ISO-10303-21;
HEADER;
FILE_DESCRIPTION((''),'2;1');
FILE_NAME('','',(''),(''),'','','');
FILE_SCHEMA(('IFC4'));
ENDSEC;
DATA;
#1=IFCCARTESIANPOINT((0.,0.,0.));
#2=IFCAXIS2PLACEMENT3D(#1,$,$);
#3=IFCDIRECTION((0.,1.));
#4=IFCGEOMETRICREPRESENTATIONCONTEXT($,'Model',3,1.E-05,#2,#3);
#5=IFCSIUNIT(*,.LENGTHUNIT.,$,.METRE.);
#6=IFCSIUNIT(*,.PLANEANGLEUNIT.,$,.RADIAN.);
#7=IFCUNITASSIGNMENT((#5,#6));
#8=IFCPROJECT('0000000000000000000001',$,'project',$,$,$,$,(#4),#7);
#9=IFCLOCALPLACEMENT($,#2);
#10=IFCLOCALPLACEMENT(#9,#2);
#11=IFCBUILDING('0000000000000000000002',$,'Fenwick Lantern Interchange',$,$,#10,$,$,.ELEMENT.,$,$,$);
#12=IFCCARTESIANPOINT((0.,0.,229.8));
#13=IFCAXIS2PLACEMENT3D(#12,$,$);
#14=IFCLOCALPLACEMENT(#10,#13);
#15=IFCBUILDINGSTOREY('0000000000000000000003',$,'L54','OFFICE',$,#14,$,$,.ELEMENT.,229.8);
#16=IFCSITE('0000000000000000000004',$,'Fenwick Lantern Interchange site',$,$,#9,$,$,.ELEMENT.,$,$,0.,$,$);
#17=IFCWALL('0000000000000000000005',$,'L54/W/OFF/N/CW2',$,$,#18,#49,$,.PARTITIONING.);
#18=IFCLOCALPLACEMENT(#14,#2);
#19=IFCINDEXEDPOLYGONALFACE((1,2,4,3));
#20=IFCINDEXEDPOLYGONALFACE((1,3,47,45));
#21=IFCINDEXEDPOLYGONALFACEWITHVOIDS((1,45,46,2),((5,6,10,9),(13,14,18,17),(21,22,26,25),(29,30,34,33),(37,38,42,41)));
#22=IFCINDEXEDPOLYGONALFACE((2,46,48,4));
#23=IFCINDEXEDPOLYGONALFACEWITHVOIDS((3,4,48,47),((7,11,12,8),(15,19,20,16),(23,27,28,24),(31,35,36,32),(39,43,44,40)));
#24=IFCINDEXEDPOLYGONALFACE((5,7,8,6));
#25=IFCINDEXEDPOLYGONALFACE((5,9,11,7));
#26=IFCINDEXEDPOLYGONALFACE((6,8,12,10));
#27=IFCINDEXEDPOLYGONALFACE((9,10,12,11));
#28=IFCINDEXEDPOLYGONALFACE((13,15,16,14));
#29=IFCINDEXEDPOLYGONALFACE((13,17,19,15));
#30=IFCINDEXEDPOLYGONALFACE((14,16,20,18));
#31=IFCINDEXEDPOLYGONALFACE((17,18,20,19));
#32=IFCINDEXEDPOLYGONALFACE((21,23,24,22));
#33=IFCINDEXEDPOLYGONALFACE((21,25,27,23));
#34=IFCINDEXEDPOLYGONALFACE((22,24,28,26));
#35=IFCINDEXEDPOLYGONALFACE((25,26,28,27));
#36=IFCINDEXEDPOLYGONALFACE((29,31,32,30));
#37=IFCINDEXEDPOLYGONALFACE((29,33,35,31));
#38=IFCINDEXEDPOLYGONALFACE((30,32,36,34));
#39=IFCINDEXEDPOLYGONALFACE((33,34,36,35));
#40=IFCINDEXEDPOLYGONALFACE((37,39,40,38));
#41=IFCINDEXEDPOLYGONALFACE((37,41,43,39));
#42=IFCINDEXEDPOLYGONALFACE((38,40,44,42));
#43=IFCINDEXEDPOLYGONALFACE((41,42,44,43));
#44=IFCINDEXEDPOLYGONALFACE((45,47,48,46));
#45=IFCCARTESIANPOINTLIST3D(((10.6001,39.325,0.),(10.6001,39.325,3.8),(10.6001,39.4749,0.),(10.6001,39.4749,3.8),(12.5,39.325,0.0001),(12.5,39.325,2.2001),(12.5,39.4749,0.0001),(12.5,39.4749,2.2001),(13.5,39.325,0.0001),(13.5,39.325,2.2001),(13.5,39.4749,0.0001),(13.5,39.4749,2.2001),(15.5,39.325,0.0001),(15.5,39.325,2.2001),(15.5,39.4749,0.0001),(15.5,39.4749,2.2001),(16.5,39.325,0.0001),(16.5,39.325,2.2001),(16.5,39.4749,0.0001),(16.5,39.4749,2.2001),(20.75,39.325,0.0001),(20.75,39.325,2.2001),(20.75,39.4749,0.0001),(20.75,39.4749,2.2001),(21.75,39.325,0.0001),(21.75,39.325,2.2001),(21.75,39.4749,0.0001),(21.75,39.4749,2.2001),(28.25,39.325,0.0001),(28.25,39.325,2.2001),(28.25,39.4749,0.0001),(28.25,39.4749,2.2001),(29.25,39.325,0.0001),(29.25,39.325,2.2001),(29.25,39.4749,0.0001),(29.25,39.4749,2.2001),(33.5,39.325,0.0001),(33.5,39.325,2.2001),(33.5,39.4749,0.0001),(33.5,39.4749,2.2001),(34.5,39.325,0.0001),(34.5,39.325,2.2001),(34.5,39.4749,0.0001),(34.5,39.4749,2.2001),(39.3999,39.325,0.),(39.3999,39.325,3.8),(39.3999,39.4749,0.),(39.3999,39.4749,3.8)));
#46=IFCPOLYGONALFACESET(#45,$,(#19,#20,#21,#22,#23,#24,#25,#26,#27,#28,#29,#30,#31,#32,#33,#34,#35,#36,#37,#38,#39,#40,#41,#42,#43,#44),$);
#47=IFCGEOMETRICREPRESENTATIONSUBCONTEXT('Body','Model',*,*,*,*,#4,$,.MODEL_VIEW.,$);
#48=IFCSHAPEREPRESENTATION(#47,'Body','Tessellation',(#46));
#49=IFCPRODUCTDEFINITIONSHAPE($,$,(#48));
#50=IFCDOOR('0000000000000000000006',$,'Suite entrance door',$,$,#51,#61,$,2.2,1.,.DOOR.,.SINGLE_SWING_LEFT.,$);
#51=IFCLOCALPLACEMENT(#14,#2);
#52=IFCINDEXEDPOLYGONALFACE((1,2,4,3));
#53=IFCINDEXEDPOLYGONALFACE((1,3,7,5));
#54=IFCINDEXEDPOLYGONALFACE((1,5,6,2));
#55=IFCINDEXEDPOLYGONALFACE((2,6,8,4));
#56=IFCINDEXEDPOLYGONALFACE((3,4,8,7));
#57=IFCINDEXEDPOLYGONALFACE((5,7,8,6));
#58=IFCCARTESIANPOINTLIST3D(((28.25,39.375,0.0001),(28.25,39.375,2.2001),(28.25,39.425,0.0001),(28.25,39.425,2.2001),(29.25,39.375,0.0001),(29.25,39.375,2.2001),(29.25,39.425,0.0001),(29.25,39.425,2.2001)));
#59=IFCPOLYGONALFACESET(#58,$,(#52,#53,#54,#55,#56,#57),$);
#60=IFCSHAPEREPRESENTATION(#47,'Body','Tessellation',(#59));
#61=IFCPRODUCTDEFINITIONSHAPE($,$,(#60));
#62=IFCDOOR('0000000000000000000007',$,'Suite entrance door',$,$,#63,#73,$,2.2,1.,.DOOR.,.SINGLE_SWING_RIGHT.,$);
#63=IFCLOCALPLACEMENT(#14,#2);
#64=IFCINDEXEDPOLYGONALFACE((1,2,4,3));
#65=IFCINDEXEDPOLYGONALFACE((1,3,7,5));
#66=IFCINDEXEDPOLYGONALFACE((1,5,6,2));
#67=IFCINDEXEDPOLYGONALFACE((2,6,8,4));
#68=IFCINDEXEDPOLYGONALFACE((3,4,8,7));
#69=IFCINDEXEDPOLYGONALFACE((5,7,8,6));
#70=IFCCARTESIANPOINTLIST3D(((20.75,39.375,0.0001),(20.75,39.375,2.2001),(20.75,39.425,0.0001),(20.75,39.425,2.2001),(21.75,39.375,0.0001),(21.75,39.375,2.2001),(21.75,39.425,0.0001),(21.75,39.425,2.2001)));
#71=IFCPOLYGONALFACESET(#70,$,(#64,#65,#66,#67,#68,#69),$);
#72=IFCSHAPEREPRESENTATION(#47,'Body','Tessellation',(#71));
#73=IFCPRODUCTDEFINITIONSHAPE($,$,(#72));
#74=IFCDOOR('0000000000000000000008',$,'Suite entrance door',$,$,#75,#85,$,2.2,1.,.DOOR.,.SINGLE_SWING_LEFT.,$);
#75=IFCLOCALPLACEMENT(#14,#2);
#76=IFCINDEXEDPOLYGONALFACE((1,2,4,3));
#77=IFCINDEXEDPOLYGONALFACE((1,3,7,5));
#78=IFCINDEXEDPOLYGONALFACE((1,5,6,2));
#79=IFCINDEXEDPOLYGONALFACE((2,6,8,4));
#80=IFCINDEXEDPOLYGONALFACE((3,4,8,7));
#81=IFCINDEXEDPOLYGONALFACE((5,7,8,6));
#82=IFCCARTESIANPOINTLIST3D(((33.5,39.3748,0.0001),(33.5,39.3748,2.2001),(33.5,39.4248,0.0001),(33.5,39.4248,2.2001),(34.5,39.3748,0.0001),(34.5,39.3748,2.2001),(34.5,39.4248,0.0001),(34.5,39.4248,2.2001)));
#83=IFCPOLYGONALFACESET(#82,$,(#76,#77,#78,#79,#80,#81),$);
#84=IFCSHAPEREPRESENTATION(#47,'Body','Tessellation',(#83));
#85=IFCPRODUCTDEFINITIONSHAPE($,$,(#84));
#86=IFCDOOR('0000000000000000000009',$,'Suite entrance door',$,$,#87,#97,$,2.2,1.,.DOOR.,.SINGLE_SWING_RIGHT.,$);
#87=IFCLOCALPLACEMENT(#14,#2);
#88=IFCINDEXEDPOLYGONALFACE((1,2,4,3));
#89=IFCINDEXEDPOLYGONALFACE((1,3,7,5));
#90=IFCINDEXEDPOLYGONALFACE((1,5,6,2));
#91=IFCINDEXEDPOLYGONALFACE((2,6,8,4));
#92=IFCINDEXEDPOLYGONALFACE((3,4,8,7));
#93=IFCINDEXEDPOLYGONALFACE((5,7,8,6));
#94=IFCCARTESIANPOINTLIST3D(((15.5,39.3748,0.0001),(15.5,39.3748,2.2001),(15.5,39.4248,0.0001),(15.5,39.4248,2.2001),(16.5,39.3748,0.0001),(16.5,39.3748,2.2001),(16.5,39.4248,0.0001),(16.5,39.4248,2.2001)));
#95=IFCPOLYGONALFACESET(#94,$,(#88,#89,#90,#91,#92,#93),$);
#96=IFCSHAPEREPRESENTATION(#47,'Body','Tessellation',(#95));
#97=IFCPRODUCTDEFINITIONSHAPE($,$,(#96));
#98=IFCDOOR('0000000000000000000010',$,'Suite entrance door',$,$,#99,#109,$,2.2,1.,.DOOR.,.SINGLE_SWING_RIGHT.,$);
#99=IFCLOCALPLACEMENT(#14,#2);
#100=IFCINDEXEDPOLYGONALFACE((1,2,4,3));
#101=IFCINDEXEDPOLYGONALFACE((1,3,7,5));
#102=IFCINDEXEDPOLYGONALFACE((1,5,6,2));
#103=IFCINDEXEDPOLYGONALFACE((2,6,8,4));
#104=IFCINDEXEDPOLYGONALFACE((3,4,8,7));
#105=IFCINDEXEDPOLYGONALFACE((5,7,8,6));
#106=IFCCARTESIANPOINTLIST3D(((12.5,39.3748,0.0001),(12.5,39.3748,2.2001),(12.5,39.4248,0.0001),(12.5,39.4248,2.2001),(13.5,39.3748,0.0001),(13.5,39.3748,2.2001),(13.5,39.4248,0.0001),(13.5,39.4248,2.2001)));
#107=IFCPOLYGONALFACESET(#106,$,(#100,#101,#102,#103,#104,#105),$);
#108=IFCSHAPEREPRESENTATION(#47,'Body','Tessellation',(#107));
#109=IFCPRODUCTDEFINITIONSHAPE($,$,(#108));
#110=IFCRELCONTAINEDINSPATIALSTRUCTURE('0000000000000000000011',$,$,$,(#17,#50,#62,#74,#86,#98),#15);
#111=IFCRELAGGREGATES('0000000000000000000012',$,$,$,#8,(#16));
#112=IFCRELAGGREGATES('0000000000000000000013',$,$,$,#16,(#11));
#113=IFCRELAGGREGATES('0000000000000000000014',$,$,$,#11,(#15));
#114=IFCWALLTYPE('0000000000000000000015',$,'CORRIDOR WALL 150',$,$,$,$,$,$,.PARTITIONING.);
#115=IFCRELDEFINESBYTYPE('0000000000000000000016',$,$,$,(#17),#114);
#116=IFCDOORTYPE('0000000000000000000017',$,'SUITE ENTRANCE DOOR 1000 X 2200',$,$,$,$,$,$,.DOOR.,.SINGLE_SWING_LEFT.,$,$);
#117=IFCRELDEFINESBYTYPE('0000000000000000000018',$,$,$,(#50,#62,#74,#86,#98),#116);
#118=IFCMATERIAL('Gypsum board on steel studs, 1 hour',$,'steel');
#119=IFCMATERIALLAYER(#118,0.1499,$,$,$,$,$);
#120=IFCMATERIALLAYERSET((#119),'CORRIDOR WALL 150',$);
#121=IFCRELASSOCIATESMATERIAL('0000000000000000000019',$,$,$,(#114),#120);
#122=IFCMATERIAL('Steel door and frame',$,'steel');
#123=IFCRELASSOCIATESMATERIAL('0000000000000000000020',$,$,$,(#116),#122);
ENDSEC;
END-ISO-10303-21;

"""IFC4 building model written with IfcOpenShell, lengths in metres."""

from ifc_helpers import new_model, si_unit, direction, frame, frame_2d, origin, place, context, subcontext, project, spatial, rectangle, extrude, material, layer, layer_set, type_object, element, fill, save


model = new_model("IFC4")

# Units and contexts
model_context = context("Model", 3, precision=1e-05, world=origin(), true_north=direction((0.0, 1.0)))
body_context = subcontext(model_context, "Body", "Model", "MODEL_VIEW")
ifc_project = project(units=[si_unit("LENGTHUNIT", "METRE"), si_unit("PLANEANGLEUNIT", "RADIAN")], contexts=[model_context])

# Site, building, storey
site_placement = place(None, origin())
site = spatial("IfcSite", under=ifc_project, at=site_placement, Name="Fenwick Lantern Interchange site", CompositionType="ELEMENT", RefElevation=0.0)
building_placement = place(site_placement, origin())
building = spatial("IfcBuilding", under=site, at=building_placement, Name="Fenwick Lantern Interchange", CompositionType="ELEMENT")
storey_placement = place(building_placement, frame((0.0, 0.0, 229.8)))
storey = spatial("IfcBuildingStorey", under=building, at=storey_placement, Name="L54", Description="OFFICE", CompositionType="ELEMENT", Elevation=229.8)

# Wall, openings, doors
ifc_material_1 = material(Name="Steel door and frame", Category="steel")
ifc_material_2 = material(Name="Gypsum board on steel studs, 1 hour", Category="steel")
ifc_layer_1 = layer(ifc_material_2, 0.1499)
ifc_layer_set_1 = layer_set([ifc_layer_1], Name="CORRIDOR WALL 150")
wall_type_1 = type_object("IfcWallType", Name="CORRIDOR WALL 150", PredefinedType="PARTITIONING", material=ifc_layer_set_1)
wall_1_placement = place(storey_placement, frame((39.3999, 39.3999, 0.0), z_axis=(0.0, 0.0, 1.0), x_axis=(-1.0, 0.0, 0.0)))
wall_1 = element("IfcWall", 1, at=wall_1_placement, inside=storey, type_object=wall_type_1, Name="L54/W/OFF/N/CW2", PredefinedType="PARTITIONING", context=body_context, shape_type="SweptSolid", body=[
    extrude(rectangle(XDim=28.7998, YDim=0.1499, at=frame_2d((14.3999, 0.0))), origin(), (0.0, 0.0, 1.0), 3.8),
])
opening_1_placement = place(wall_1_placement, frame((10.1499, 0.0, 0.0)))
opening_1 = element("IfcOpeningElement", 2, at=opening_1_placement, cuts=wall_1, PredefinedType="OPENING", context=body_context, shape_type="SweptSolid", body=[
    extrude(rectangle(XDim=1.0, YDim=2.2, at=frame_2d((0.5, 1.1001))), frame((0.0, 0.085, 0.0), z_axis=(0.0, -1.0, 0.0), x_axis=(1.0, 0.0, 0.0)), (0.0, 0.0, 1.0), 0.1699),
])
opening_2_placement = place(wall_1_placement, frame((17.6499, 0.0, 0.0)))
opening_2 = element("IfcOpeningElement", 3, at=opening_2_placement, cuts=wall_1, PredefinedType="OPENING", context=body_context, shape_type="SweptSolid", body=[
    extrude(rectangle(XDim=1.0, YDim=2.2, at=frame_2d((0.5, 1.1001))), frame((0.0, 0.085, 0.0), z_axis=(0.0, -1.0, 0.0), x_axis=(1.0, 0.0, 0.0)), (0.0, 0.0, 1.0), 0.1699),
])
opening_3_placement = place(wall_1_placement, frame((4.8999, 0.0, 0.0)))
opening_3 = element("IfcOpeningElement", 4, at=opening_3_placement, cuts=wall_1, PredefinedType="OPENING", context=body_context, shape_type="SweptSolid", body=[
    extrude(rectangle(XDim=1.0, YDim=2.2, at=frame_2d((0.5, 1.1001))), frame((0.0, 0.085, 0.0), z_axis=(0.0, -1.0, 0.0), x_axis=(1.0, 0.0, 0.0)), (0.0, 0.0, 1.0), 0.1699),
])
opening_4_placement = place(wall_1_placement, frame((22.8999, 0.0, 0.0)))
opening_4 = element("IfcOpeningElement", 5, at=opening_4_placement, cuts=wall_1, PredefinedType="OPENING", context=body_context, shape_type="SweptSolid", body=[
    extrude(rectangle(XDim=1.0, YDim=2.2, at=frame_2d((0.5, 1.1001))), frame((0.0, 0.085, 0.0), z_axis=(0.0, -1.0, 0.0), x_axis=(1.0, 0.0, 0.0)), (0.0, 0.0, 1.0), 0.1699),
])
opening_5_placement = place(wall_1_placement, frame((25.8999, 0.0, 0.0)))
opening_5 = element("IfcOpeningElement", 6, at=opening_5_placement, cuts=wall_1, PredefinedType="OPENING", context=body_context, shape_type="SweptSolid", body=[
    extrude(rectangle(XDim=1.0, YDim=2.2, at=frame_2d((0.5, 1.1001))), frame((0.0, 0.085, 0.0), z_axis=(0.0, -1.0, 0.0), x_axis=(1.0, 0.0, 0.0)), (0.0, 0.0, 1.0), 0.1699),
])
door_type_1 = type_object("IfcDoorType", Name="SUITE ENTRANCE DOOR 1000 X 2200", OperationType="SINGLE_SWING_LEFT", PredefinedType="DOOR", material=ifc_material_1)
door_1_placement = place(opening_1_placement, origin())
door_1 = element("IfcDoor", 7, at=door_1_placement, inside=storey, type_object=door_type_1, Name="Suite entrance door", OperationType="SINGLE_SWING_LEFT", OverallHeight=2.2, OverallWidth=1.0, PredefinedType="DOOR", context=body_context, shape_type="SweptSolid", body=[
    extrude(rectangle(XDim=1.0, YDim=2.2, at=frame_2d((0.5, 1.1001))), frame((0.0, 0.0249, 0.0), z_axis=(0.0, -1.0, 0.0), x_axis=(1.0, 0.0, 0.0)), (0.0, 0.0, 1.0), 0.05),
])
fill(opening_1, door_1)
door_2_placement = place(opening_2_placement, origin())
door_2 = element("IfcDoor", 8, at=door_2_placement, inside=storey, type_object=door_type_1, Name="Suite entrance door", OperationType="SINGLE_SWING_RIGHT", OverallHeight=2.2, OverallWidth=1.0, PredefinedType="DOOR", context=body_context, shape_type="SweptSolid", body=[
    extrude(rectangle(XDim=1.0, YDim=2.2, at=frame_2d((0.5, 1.1001))), frame((0.0, 0.0249, 0.0), z_axis=(0.0, -1.0, 0.0), x_axis=(1.0, 0.0, 0.0)), (0.0, 0.0, 1.0), 0.05),
])
fill(opening_2, door_2)
door_3_placement = place(opening_3_placement, frame((1.0, 0.0, 0.0), z_axis=(0.0, 0.0, 1.0), x_axis=(-1.0, 0.0, 0.0)))
door_3 = element("IfcDoor", 9, at=door_3_placement, inside=storey, type_object=door_type_1, Name="Suite entrance door", OperationType="SINGLE_SWING_LEFT", OverallHeight=2.2, OverallWidth=1.0, PredefinedType="DOOR", context=body_context, shape_type="SweptSolid", body=[
    extrude(rectangle(XDim=1.0, YDim=2.2, at=frame_2d((0.5, 1.1001))), frame((0.0, 0.0249, 0.0), z_axis=(0.0, -1.0, 0.0), x_axis=(1.0, 0.0, 0.0)), (0.0, 0.0, 1.0), 0.05),
])
fill(opening_3, door_3)
door_4_placement = place(opening_4_placement, frame((1.0, 0.0, 0.0), z_axis=(0.0, 0.0, 1.0), x_axis=(-1.0, 0.0, 0.0)))
door_4 = element("IfcDoor", 10, at=door_4_placement, inside=storey, type_object=door_type_1, Name="Suite entrance door", OperationType="SINGLE_SWING_RIGHT", OverallHeight=2.2, OverallWidth=1.0, PredefinedType="DOOR", context=body_context, shape_type="SweptSolid", body=[
    extrude(rectangle(XDim=1.0, YDim=2.2, at=frame_2d((0.5, 1.1001))), frame((0.0, 0.0249, 0.0), z_axis=(0.0, -1.0, 0.0), x_axis=(1.0, 0.0, 0.0)), (0.0, 0.0, 1.0), 0.05),
])
fill(opening_4, door_4)
door_5_placement = place(opening_5_placement, frame((1.0, 0.0, 0.0), z_axis=(0.0, 0.0, 1.0), x_axis=(-1.0, 0.0, 0.0)))
door_5 = element("IfcDoor", 11, at=door_5_placement, inside=storey, type_object=door_type_1, Name="Suite entrance door", OperationType="SINGLE_SWING_RIGHT", OverallHeight=2.2, OverallWidth=1.0, PredefinedType="DOOR", context=body_context, shape_type="SweptSolid", body=[
    extrude(rectangle(XDim=1.0, YDim=2.2, at=frame_2d((0.5, 1.1001))), frame((0.0, 0.0249, 0.0), z_axis=(0.0, -1.0, 0.0), x_axis=(1.0, 0.0, 0.0)), (0.0, 0.0, 1.0), 0.05),
])
fill(opening_5, door_5)

save(model, "model.ifc")
